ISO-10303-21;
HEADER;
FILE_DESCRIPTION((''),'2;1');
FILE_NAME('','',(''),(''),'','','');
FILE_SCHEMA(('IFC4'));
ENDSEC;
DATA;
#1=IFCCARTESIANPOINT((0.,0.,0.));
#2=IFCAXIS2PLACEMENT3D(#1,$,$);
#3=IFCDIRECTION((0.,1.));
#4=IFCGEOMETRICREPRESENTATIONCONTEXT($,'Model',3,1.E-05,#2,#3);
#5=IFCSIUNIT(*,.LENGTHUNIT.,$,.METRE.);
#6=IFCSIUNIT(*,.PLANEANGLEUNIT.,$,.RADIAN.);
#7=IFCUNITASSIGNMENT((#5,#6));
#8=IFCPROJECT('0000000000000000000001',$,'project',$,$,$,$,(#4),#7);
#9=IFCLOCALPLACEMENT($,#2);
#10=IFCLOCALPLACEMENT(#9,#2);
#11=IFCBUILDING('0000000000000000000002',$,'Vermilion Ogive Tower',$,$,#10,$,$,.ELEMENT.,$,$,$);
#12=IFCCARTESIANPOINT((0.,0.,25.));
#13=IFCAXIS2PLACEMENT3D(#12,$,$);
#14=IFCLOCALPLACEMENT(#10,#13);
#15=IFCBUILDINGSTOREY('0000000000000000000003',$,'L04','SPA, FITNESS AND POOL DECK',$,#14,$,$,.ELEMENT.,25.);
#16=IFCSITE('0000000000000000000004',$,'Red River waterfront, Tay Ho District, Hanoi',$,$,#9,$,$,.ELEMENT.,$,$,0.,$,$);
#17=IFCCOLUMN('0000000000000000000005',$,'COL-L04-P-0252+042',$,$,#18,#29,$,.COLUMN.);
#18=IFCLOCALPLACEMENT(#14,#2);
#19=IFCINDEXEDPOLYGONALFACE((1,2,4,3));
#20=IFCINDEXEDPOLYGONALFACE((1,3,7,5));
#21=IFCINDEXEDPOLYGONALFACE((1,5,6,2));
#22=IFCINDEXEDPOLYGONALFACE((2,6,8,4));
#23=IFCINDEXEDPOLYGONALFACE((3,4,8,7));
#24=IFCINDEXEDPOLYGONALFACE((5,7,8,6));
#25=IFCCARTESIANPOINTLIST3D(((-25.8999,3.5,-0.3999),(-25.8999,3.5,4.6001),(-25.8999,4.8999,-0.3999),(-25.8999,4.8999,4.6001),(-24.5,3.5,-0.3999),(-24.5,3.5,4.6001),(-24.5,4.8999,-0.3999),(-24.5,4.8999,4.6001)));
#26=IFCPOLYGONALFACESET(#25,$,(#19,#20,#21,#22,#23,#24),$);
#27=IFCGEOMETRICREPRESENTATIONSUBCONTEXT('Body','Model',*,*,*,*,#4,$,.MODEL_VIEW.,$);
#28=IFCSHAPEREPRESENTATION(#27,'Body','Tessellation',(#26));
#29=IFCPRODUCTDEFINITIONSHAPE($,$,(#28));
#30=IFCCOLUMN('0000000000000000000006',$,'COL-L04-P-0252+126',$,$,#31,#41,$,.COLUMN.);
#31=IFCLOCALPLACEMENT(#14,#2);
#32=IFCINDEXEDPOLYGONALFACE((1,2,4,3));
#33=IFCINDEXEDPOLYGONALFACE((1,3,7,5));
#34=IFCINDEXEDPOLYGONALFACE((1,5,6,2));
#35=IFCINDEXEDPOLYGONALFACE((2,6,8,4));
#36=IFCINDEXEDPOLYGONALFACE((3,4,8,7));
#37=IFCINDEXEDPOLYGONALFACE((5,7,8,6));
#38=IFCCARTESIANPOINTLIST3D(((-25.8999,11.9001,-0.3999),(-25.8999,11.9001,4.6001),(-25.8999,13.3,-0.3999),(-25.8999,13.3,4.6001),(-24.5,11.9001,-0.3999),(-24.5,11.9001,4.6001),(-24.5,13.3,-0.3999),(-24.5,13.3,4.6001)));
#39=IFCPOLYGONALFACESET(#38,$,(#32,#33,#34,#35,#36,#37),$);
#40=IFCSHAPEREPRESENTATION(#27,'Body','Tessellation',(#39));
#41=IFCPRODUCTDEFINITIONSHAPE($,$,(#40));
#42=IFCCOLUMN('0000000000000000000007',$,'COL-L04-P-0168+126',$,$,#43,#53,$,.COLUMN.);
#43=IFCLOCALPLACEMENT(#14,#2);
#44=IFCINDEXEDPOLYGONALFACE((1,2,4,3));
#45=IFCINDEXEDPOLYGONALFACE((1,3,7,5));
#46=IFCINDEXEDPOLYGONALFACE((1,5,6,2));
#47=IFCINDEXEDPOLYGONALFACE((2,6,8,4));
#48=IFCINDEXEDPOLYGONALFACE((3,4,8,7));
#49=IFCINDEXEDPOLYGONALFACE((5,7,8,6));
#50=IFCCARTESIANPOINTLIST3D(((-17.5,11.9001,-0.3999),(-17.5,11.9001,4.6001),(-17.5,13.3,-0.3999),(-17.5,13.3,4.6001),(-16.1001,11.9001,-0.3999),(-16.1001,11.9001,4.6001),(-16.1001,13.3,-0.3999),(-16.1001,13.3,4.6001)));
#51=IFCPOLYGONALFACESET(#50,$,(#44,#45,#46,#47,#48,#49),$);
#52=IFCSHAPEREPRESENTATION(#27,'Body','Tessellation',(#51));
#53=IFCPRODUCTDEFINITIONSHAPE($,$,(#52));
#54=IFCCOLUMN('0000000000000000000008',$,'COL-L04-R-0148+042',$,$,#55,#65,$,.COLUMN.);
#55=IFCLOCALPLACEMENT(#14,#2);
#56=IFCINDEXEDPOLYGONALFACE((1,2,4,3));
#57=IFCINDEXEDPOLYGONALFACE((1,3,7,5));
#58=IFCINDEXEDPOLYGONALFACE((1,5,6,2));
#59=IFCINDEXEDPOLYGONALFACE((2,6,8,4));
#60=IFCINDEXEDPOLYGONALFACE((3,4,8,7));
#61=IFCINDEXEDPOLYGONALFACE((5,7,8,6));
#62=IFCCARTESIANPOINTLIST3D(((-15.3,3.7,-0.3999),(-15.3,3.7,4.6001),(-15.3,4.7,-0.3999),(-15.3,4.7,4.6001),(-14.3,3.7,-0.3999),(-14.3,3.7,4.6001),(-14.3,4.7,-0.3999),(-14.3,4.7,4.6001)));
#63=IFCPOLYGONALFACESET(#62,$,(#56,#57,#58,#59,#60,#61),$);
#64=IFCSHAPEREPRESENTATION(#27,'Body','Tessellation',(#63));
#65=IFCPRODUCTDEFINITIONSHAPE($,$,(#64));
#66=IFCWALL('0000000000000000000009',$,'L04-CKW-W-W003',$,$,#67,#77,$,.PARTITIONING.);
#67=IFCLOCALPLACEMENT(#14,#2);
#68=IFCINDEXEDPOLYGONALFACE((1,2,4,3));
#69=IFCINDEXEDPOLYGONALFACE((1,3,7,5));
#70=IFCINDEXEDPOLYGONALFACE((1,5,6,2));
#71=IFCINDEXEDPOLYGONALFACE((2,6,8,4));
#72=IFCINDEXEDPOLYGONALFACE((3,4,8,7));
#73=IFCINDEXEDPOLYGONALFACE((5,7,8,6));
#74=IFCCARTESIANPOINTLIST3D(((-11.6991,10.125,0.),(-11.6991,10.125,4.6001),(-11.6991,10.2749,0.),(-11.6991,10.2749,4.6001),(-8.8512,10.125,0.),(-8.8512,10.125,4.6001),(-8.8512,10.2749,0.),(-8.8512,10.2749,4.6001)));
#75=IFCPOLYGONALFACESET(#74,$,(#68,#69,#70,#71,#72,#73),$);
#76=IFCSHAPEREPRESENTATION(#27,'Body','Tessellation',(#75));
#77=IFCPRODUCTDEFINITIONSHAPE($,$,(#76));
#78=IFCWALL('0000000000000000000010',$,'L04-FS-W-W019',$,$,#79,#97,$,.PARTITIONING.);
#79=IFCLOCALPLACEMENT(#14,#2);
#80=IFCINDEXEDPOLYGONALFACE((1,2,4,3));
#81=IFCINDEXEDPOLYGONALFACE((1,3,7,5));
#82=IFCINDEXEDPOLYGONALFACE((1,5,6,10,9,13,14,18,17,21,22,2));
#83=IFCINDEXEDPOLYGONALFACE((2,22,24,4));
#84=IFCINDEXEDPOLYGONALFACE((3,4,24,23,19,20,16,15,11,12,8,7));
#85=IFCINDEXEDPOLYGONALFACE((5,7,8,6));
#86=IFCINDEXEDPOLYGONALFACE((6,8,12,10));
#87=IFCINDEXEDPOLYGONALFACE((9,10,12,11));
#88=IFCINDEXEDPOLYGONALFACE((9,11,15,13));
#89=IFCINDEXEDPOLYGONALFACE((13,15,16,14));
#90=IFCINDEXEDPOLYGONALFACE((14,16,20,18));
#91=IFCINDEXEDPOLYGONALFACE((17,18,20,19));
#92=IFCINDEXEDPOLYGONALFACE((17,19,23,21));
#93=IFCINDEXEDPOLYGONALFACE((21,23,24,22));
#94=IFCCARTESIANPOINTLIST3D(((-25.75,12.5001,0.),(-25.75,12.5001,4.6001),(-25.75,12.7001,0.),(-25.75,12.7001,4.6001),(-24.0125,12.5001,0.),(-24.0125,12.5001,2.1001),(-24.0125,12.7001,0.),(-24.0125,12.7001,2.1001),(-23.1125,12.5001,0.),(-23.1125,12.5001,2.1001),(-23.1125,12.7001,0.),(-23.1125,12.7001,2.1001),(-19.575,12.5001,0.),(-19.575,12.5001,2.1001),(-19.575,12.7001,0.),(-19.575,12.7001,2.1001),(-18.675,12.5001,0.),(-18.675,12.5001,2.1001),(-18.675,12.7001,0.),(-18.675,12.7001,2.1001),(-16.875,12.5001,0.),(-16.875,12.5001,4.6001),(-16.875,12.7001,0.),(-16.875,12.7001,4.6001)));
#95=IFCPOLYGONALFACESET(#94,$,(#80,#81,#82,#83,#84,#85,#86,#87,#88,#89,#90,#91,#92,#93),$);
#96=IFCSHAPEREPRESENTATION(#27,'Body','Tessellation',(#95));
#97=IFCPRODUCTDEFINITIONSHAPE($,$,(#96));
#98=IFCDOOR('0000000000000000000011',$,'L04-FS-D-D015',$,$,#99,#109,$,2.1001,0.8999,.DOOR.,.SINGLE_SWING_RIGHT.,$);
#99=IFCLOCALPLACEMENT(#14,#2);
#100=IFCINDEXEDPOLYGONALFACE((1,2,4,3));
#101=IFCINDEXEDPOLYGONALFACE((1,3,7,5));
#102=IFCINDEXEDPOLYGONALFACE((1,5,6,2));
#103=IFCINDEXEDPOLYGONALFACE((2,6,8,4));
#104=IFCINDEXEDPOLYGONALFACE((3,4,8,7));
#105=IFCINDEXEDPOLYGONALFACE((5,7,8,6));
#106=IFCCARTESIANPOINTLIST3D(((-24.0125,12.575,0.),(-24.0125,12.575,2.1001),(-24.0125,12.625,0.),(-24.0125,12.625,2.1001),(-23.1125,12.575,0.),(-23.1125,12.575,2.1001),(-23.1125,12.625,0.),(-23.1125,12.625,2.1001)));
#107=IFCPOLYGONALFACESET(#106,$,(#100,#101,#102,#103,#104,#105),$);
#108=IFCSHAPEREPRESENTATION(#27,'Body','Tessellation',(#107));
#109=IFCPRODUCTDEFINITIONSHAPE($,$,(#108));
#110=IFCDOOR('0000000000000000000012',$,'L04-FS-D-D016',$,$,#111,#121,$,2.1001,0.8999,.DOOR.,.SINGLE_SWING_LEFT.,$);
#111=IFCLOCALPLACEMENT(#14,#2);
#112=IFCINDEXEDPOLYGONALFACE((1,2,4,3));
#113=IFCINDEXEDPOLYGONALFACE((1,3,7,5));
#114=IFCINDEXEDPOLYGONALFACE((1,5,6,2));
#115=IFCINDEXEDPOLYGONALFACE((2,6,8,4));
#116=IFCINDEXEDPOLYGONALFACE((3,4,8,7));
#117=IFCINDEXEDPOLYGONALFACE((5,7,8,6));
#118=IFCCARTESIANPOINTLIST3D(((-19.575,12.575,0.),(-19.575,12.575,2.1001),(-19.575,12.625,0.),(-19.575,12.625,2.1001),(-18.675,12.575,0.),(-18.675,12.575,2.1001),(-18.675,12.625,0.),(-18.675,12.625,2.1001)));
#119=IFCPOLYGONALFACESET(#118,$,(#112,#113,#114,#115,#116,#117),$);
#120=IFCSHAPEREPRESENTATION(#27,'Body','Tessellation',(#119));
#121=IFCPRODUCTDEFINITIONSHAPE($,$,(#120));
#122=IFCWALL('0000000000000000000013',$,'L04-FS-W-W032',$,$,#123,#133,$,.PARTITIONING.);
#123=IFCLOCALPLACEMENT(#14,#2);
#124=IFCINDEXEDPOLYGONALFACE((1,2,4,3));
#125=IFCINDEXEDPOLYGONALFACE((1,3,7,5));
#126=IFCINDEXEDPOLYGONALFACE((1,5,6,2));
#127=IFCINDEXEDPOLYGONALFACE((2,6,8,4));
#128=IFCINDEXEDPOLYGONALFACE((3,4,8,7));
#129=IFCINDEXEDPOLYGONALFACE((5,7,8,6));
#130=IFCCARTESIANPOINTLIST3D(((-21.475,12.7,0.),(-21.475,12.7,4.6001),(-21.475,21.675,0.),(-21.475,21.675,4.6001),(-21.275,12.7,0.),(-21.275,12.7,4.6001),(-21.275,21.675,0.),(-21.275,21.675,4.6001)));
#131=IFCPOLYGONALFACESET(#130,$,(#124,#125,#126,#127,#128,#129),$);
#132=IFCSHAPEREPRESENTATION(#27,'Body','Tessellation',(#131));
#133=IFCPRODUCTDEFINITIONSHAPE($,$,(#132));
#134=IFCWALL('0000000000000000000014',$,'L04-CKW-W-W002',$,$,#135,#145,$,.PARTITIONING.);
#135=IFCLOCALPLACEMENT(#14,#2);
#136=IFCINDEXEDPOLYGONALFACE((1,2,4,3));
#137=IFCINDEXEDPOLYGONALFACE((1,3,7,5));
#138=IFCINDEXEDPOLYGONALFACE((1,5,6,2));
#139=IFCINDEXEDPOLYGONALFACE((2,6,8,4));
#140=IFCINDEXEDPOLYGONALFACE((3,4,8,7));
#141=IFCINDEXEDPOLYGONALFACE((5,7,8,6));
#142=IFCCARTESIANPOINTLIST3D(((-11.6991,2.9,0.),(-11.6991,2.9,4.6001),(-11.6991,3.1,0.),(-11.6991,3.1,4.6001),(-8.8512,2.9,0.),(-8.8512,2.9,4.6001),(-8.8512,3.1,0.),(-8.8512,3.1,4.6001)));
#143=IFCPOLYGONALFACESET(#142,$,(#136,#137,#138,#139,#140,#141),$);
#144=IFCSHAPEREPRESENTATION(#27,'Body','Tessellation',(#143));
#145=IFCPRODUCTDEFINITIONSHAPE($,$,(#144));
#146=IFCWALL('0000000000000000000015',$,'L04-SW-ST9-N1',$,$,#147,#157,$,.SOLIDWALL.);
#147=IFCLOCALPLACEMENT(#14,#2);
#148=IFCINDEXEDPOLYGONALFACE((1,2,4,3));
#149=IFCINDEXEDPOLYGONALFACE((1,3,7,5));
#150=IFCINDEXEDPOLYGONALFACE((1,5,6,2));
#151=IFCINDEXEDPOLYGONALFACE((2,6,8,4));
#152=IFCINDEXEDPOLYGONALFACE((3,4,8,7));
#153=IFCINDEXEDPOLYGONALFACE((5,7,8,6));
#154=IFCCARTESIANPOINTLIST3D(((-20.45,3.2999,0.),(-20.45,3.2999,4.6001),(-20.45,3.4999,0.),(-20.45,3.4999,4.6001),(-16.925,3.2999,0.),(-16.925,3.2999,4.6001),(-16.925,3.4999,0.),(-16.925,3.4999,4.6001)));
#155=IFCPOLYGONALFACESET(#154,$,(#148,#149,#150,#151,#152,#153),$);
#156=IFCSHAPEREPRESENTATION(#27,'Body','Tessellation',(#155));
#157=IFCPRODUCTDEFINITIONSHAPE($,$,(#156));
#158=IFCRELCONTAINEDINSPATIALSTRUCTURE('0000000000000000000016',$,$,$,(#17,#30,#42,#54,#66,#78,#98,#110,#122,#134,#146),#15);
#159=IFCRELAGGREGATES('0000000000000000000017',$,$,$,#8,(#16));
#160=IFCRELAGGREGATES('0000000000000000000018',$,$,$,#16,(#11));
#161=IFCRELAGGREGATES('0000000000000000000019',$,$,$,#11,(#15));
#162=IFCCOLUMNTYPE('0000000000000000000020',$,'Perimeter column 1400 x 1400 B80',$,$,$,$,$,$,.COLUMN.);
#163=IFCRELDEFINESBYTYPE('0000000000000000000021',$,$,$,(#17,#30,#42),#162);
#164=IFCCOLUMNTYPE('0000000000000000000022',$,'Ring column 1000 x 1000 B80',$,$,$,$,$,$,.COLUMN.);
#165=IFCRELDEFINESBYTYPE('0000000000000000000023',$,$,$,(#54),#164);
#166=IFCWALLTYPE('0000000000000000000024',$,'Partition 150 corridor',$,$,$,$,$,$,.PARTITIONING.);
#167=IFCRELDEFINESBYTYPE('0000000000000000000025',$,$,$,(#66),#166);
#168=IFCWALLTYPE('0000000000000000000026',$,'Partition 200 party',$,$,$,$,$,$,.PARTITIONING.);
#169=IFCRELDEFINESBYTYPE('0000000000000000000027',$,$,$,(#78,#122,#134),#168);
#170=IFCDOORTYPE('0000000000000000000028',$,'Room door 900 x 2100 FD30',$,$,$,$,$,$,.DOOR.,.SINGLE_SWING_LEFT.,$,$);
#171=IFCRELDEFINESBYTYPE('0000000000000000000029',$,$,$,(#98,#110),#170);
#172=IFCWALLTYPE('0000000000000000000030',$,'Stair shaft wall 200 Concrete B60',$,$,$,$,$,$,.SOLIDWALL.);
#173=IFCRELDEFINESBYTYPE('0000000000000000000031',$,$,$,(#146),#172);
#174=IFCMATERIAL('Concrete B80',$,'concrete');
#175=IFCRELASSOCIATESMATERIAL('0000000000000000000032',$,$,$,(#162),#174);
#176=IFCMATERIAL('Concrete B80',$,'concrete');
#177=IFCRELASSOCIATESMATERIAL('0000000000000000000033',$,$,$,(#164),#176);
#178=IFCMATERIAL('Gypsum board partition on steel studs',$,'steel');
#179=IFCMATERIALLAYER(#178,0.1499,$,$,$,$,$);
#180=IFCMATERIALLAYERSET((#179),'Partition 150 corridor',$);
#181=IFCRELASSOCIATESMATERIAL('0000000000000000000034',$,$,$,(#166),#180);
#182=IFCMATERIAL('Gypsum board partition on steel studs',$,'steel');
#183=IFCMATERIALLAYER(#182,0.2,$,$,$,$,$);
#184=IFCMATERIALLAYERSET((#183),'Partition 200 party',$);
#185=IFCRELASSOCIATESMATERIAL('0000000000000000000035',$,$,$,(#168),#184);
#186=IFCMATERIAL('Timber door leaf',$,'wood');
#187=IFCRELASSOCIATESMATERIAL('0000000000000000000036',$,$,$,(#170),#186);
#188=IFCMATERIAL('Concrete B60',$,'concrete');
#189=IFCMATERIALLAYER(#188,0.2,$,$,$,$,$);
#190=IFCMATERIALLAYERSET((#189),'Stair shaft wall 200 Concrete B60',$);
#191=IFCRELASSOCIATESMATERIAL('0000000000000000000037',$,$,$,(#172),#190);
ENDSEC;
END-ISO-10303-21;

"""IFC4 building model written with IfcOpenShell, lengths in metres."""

from ifc_helpers import new_model, si_unit, direction, frame, frame_2d, origin, origin_2d, place, context, subcontext, project, spatial, rectangle, extrude, material, layer, layer_set, material_profile, profile_set, type_object, element, fill, save


model = new_model("IFC4")

# Units and contexts
model_context = context("Model", 3, precision=1e-05, world=origin(), true_north=direction((0.0, 1.0)))
body_context = subcontext(model_context, "Body", "Model", "MODEL_VIEW")
ifc_project = project(units=[si_unit("LENGTHUNIT", "METRE"), si_unit("PLANEANGLEUNIT", "RADIAN")], contexts=[model_context])

# Site, building, storey
site_placement = place(None, origin())
site = spatial("IfcSite", under=ifc_project, at=site_placement, Name="Red River waterfront, Tay Ho District, Hanoi", CompositionType="ELEMENT", RefElevation=0.0)
building_placement = place(site_placement, origin())
building = spatial("IfcBuilding", under=site, at=building_placement, Name="Vermilion Ogive Tower", CompositionType="ELEMENT")
storey_placement = place(building_placement, frame((0.0, 0.0, 25.0)))
storey = spatial("IfcBuildingStorey", under=building, at=storey_placement, Name="L04", Description="SPA, FITNESS AND POOL DECK", CompositionType="ELEMENT", Elevation=25.0)

# Columns
ifc_material_1 = material(Name="Concrete B80", Category="concrete")
ifc_material_profile_1 = material_profile(ifc_material_1, rectangle(XDim=1.3999, YDim=1.3999, at=origin_2d()), Name="1400 x 1400")
ifc_profile_set_1 = profile_set([ifc_material_profile_1], Name="Concrete B80")
column_type_1 = type_object("IfcColumnType", Name="Perimeter column 1400 x 1400 B80", PredefinedType="COLUMN", material=ifc_profile_set_1)
for number, where, z_axis, x_axis, name in (
    (1, (-25.2, 4.2, -0.3999), (0.0, 0.0, 1.0), (1.0, 0.0, 0.0), "COL-L04-P-0252+042"),
    (2, (-25.2, 12.6001, -0.3999), (0.0, 0.0, 1.0), (1.0, 0.0, 0.0), "COL-L04-P-0252+126"),
    (3, (-16.8, 12.6001, -0.3999), (0.0, 0.0, 1.0), (1.0, 0.0, 0.0), "COL-L04-P-0168+126"),
):
    element("IfcColumn", number, at=place(storey_placement, frame(where, z_axis=z_axis, x_axis=x_axis)), inside=storey, type_object=column_type_1, Name=name, PredefinedType="COLUMN", context=body_context, shape_type="SweptSolid", body=[
        extrude(rectangle(XDim=1.3999, YDim=1.3999, at=origin_2d()), origin(), (0.0, 0.0, 1.0), 5.0),
    ])
ifc_material_2 = material(Name="Concrete B80", Category="concrete")
ifc_material_profile_2 = material_profile(ifc_material_2, rectangle(XDim=1.0, YDim=1.0, at=origin_2d()), Name="1000 x 1000")
ifc_profile_set_2 = profile_set([ifc_material_profile_2], Name="Concrete B80")
column_type_2 = type_object("IfcColumnType", Name="Ring column 1000 x 1000 B80", PredefinedType="COLUMN", material=ifc_profile_set_2)
column_placement = place(storey_placement, frame((-14.8, 4.2, -0.3999), z_axis=(0.0, 0.0, 1.0), x_axis=(1.0, 0.0, 0.0)))
element("IfcColumn", 4, at=column_placement, inside=storey, type_object=column_type_2, Name="COL-L04-R-0148+042", PredefinedType="COLUMN", context=body_context, shape_type="SweptSolid", body=[
    extrude(rectangle(XDim=1.0, YDim=1.0, at=origin_2d()), origin(), (0.0, 0.0, 1.0), 5.0),
])

# Wall
ifc_material_3 = material(Name="Gypsum board partition on steel studs", Category="steel")
ifc_layer_1 = layer(ifc_material_3, 0.1499)
ifc_layer_set_1 = layer_set([ifc_layer_1], Name="Partition 150 corridor")
wall_type_1 = type_object("IfcWallType", Name="Partition 150 corridor", PredefinedType="PARTITIONING", material=ifc_layer_set_1)
wall_1_placement = place(storey_placement, frame((-11.699, 10.2, 0.0), z_axis=(0.0, 0.0, 1.0), x_axis=(1.0, 0.0, 0.0)))
element("IfcWall", 5, at=wall_1_placement, inside=storey, type_object=wall_type_1, Name="L04-CKW-W-W003", PredefinedType="PARTITIONING", context=body_context, shape_type="SweptSolid", body=[
    extrude(rectangle(XDim=2.8479, YDim=0.1499, at=frame_2d((1.4238, 0.0))), origin(), (0.0, 0.0, 1.0), 4.6001),
])

# Wall, openings, doors
ifc_material_4 = material(Name="Gypsum board partition on steel studs", Category="steel")
ifc_layer_2 = layer(ifc_material_4, 0.2)
ifc_layer_set_2 = layer_set([ifc_layer_2], Name="Partition 200 party")
wall_type_2 = type_object("IfcWallType", Name="Partition 200 party", PredefinedType="PARTITIONING", material=ifc_layer_set_2)
wall_2_placement = place(storey_placement, frame((-25.75, 12.6001, 0.0), z_axis=(0.0, 0.0, 1.0), x_axis=(1.0, 0.0, 0.0)))
wall_2 = element("IfcWall", 6, at=wall_2_placement, inside=storey, type_object=wall_type_2, Name="L04-FS-W-W019", PredefinedType="PARTITIONING", context=body_context, shape_type="SweptSolid", body=[
    extrude(rectangle(XDim=8.875, YDim=0.2, at=frame_2d((4.4375, 0.0))), origin(), (0.0, 0.0, 1.0), 4.6001),
])
opening_1_placement = place(wall_2_placement, frame((1.7375, 0.0, 0.0)))
opening_1 = element("IfcOpeningElement", 7, at=opening_1_placement, cuts=wall_2, PredefinedType="OPENING", context=body_context, shape_type="SweptSolid", body=[
    extrude(rectangle(XDim=0.8999, YDim=2.1001, at=frame_2d((0.45, 1.05))), frame((0.0, 0.1099, 0.0), z_axis=(0.0, -1.0, 0.0), x_axis=(1.0, 0.0, 0.0)), (0.0, 0.0, 1.0), 0.22),
])
opening_2_placement = place(wall_2_placement, frame((6.175, 0.0, 0.0)))
opening_2 = element("IfcOpeningElement", 8, at=opening_2_placement, cuts=wall_2, PredefinedType="OPENING", context=body_context, shape_type="SweptSolid", body=[
    extrude(rectangle(XDim=0.8999, YDim=2.1001, at=frame_2d((0.45, 1.05))), frame((0.0, 0.1099, 0.0), z_axis=(0.0, -1.0, 0.0), x_axis=(1.0, 0.0, 0.0)), (0.0, 0.0, 1.0), 0.22),
])
ifc_material_5 = material(Name="Timber door leaf", Category="wood")
door_type = type_object("IfcDoorType", Name="Room door 900 x 2100 FD30", OperationType="SINGLE_SWING_LEFT", PredefinedType="DOOR", material=ifc_material_5)
door_1_placement = place(opening_1_placement, origin())
door_1 = element("IfcDoor", 9, at=door_1_placement, inside=storey, type_object=door_type, Name="L04-FS-D-D015", OperationType="SINGLE_SWING_RIGHT", OverallHeight=2.1001, OverallWidth=0.8999, PredefinedType="DOOR", context=body_context, shape_type="SweptSolid", body=[
    extrude(rectangle(XDim=0.8999, YDim=2.1001, at=frame_2d((0.45, 1.05))), frame((0.0, 0.0249, 0.0), z_axis=(0.0, -1.0, 0.0), x_axis=(1.0, 0.0, 0.0)), (0.0, 0.0, 1.0), 0.05),
])
fill(opening_1, door_1)
door_2_placement = place(opening_2_placement, origin())
door_2 = element("IfcDoor", 10, at=door_2_placement, inside=storey, type_object=door_type, Name="L04-FS-D-D016", OperationType="SINGLE_SWING_LEFT", OverallHeight=2.1001, OverallWidth=0.8999, PredefinedType="DOOR", context=body_context, shape_type="SweptSolid", body=[
    extrude(rectangle(XDim=0.8999, YDim=2.1001, at=frame_2d((0.45, 1.05))), frame((0.0, 0.0249, 0.0), z_axis=(0.0, -1.0, 0.0), x_axis=(1.0, 0.0, 0.0)), (0.0, 0.0, 1.0), 0.05),
])
fill(opening_2, door_2)

# Walls
wall_3_placement = place(storey_placement, frame((-21.375, 12.7, 0.0), z_axis=(0.0, 0.0, 1.0), x_axis=(0.0, 1.0, 0.0)))
element("IfcWall", 11, at=wall_3_placement, inside=storey, type_object=wall_type_2, Name="L04-FS-W-W032", PredefinedType="PARTITIONING", context=body_context, shape_type="SweptSolid", body=[
    extrude(rectangle(XDim=8.9751, YDim=0.2, at=frame_2d((4.4875, 0.0))), origin(), (0.0, 0.0, 1.0), 4.6001),
])
wall_4_placement = place(storey_placement, frame((-11.699, 3.0, 0.0), z_axis=(0.0, 0.0, 1.0), x_axis=(1.0, 0.0, 0.0)))
element("IfcWall", 12, at=wall_4_placement, inside=storey, type_object=wall_type_2, Name="L04-CKW-W-W002", PredefinedType="PARTITIONING", context=body_context, shape_type="SweptSolid", body=[
    extrude(rectangle(XDim=2.8479, YDim=0.2, at=frame_2d((1.4238, 0.0))), origin(), (0.0, 0.0, 1.0), 4.6001),
])
ifc_material_6 = material(Name="Concrete B60", Category="concrete")
ifc_layer_3 = layer(ifc_material_6, 0.2)
ifc_layer_set_3 = layer_set([ifc_layer_3], Name="Stair shaft wall 200 Concrete B60")
wall_type_3 = type_object("IfcWallType", Name="Stair shaft wall 200 Concrete B60", PredefinedType="SOLIDWALL", material=ifc_layer_set_3)
wall_5_placement = place(storey_placement, frame((-20.45, 3.3999, 0.0), z_axis=(0.0, 0.0, 1.0), x_axis=(1.0, 0.0, 0.0)))
element("IfcWall", 13, at=wall_5_placement, inside=storey, type_object=wall_type_3, Name="L04-SW-ST9-N1", PredefinedType="SOLIDWALL", context=body_context, shape_type="SweptSolid", body=[
    extrude(rectangle(XDim=3.5249, YDim=0.2, at=frame_2d((1.7625, 0.0))), origin(), (0.0, 0.0, 1.0), 4.6001),
])

save(model, "model.ifc")
